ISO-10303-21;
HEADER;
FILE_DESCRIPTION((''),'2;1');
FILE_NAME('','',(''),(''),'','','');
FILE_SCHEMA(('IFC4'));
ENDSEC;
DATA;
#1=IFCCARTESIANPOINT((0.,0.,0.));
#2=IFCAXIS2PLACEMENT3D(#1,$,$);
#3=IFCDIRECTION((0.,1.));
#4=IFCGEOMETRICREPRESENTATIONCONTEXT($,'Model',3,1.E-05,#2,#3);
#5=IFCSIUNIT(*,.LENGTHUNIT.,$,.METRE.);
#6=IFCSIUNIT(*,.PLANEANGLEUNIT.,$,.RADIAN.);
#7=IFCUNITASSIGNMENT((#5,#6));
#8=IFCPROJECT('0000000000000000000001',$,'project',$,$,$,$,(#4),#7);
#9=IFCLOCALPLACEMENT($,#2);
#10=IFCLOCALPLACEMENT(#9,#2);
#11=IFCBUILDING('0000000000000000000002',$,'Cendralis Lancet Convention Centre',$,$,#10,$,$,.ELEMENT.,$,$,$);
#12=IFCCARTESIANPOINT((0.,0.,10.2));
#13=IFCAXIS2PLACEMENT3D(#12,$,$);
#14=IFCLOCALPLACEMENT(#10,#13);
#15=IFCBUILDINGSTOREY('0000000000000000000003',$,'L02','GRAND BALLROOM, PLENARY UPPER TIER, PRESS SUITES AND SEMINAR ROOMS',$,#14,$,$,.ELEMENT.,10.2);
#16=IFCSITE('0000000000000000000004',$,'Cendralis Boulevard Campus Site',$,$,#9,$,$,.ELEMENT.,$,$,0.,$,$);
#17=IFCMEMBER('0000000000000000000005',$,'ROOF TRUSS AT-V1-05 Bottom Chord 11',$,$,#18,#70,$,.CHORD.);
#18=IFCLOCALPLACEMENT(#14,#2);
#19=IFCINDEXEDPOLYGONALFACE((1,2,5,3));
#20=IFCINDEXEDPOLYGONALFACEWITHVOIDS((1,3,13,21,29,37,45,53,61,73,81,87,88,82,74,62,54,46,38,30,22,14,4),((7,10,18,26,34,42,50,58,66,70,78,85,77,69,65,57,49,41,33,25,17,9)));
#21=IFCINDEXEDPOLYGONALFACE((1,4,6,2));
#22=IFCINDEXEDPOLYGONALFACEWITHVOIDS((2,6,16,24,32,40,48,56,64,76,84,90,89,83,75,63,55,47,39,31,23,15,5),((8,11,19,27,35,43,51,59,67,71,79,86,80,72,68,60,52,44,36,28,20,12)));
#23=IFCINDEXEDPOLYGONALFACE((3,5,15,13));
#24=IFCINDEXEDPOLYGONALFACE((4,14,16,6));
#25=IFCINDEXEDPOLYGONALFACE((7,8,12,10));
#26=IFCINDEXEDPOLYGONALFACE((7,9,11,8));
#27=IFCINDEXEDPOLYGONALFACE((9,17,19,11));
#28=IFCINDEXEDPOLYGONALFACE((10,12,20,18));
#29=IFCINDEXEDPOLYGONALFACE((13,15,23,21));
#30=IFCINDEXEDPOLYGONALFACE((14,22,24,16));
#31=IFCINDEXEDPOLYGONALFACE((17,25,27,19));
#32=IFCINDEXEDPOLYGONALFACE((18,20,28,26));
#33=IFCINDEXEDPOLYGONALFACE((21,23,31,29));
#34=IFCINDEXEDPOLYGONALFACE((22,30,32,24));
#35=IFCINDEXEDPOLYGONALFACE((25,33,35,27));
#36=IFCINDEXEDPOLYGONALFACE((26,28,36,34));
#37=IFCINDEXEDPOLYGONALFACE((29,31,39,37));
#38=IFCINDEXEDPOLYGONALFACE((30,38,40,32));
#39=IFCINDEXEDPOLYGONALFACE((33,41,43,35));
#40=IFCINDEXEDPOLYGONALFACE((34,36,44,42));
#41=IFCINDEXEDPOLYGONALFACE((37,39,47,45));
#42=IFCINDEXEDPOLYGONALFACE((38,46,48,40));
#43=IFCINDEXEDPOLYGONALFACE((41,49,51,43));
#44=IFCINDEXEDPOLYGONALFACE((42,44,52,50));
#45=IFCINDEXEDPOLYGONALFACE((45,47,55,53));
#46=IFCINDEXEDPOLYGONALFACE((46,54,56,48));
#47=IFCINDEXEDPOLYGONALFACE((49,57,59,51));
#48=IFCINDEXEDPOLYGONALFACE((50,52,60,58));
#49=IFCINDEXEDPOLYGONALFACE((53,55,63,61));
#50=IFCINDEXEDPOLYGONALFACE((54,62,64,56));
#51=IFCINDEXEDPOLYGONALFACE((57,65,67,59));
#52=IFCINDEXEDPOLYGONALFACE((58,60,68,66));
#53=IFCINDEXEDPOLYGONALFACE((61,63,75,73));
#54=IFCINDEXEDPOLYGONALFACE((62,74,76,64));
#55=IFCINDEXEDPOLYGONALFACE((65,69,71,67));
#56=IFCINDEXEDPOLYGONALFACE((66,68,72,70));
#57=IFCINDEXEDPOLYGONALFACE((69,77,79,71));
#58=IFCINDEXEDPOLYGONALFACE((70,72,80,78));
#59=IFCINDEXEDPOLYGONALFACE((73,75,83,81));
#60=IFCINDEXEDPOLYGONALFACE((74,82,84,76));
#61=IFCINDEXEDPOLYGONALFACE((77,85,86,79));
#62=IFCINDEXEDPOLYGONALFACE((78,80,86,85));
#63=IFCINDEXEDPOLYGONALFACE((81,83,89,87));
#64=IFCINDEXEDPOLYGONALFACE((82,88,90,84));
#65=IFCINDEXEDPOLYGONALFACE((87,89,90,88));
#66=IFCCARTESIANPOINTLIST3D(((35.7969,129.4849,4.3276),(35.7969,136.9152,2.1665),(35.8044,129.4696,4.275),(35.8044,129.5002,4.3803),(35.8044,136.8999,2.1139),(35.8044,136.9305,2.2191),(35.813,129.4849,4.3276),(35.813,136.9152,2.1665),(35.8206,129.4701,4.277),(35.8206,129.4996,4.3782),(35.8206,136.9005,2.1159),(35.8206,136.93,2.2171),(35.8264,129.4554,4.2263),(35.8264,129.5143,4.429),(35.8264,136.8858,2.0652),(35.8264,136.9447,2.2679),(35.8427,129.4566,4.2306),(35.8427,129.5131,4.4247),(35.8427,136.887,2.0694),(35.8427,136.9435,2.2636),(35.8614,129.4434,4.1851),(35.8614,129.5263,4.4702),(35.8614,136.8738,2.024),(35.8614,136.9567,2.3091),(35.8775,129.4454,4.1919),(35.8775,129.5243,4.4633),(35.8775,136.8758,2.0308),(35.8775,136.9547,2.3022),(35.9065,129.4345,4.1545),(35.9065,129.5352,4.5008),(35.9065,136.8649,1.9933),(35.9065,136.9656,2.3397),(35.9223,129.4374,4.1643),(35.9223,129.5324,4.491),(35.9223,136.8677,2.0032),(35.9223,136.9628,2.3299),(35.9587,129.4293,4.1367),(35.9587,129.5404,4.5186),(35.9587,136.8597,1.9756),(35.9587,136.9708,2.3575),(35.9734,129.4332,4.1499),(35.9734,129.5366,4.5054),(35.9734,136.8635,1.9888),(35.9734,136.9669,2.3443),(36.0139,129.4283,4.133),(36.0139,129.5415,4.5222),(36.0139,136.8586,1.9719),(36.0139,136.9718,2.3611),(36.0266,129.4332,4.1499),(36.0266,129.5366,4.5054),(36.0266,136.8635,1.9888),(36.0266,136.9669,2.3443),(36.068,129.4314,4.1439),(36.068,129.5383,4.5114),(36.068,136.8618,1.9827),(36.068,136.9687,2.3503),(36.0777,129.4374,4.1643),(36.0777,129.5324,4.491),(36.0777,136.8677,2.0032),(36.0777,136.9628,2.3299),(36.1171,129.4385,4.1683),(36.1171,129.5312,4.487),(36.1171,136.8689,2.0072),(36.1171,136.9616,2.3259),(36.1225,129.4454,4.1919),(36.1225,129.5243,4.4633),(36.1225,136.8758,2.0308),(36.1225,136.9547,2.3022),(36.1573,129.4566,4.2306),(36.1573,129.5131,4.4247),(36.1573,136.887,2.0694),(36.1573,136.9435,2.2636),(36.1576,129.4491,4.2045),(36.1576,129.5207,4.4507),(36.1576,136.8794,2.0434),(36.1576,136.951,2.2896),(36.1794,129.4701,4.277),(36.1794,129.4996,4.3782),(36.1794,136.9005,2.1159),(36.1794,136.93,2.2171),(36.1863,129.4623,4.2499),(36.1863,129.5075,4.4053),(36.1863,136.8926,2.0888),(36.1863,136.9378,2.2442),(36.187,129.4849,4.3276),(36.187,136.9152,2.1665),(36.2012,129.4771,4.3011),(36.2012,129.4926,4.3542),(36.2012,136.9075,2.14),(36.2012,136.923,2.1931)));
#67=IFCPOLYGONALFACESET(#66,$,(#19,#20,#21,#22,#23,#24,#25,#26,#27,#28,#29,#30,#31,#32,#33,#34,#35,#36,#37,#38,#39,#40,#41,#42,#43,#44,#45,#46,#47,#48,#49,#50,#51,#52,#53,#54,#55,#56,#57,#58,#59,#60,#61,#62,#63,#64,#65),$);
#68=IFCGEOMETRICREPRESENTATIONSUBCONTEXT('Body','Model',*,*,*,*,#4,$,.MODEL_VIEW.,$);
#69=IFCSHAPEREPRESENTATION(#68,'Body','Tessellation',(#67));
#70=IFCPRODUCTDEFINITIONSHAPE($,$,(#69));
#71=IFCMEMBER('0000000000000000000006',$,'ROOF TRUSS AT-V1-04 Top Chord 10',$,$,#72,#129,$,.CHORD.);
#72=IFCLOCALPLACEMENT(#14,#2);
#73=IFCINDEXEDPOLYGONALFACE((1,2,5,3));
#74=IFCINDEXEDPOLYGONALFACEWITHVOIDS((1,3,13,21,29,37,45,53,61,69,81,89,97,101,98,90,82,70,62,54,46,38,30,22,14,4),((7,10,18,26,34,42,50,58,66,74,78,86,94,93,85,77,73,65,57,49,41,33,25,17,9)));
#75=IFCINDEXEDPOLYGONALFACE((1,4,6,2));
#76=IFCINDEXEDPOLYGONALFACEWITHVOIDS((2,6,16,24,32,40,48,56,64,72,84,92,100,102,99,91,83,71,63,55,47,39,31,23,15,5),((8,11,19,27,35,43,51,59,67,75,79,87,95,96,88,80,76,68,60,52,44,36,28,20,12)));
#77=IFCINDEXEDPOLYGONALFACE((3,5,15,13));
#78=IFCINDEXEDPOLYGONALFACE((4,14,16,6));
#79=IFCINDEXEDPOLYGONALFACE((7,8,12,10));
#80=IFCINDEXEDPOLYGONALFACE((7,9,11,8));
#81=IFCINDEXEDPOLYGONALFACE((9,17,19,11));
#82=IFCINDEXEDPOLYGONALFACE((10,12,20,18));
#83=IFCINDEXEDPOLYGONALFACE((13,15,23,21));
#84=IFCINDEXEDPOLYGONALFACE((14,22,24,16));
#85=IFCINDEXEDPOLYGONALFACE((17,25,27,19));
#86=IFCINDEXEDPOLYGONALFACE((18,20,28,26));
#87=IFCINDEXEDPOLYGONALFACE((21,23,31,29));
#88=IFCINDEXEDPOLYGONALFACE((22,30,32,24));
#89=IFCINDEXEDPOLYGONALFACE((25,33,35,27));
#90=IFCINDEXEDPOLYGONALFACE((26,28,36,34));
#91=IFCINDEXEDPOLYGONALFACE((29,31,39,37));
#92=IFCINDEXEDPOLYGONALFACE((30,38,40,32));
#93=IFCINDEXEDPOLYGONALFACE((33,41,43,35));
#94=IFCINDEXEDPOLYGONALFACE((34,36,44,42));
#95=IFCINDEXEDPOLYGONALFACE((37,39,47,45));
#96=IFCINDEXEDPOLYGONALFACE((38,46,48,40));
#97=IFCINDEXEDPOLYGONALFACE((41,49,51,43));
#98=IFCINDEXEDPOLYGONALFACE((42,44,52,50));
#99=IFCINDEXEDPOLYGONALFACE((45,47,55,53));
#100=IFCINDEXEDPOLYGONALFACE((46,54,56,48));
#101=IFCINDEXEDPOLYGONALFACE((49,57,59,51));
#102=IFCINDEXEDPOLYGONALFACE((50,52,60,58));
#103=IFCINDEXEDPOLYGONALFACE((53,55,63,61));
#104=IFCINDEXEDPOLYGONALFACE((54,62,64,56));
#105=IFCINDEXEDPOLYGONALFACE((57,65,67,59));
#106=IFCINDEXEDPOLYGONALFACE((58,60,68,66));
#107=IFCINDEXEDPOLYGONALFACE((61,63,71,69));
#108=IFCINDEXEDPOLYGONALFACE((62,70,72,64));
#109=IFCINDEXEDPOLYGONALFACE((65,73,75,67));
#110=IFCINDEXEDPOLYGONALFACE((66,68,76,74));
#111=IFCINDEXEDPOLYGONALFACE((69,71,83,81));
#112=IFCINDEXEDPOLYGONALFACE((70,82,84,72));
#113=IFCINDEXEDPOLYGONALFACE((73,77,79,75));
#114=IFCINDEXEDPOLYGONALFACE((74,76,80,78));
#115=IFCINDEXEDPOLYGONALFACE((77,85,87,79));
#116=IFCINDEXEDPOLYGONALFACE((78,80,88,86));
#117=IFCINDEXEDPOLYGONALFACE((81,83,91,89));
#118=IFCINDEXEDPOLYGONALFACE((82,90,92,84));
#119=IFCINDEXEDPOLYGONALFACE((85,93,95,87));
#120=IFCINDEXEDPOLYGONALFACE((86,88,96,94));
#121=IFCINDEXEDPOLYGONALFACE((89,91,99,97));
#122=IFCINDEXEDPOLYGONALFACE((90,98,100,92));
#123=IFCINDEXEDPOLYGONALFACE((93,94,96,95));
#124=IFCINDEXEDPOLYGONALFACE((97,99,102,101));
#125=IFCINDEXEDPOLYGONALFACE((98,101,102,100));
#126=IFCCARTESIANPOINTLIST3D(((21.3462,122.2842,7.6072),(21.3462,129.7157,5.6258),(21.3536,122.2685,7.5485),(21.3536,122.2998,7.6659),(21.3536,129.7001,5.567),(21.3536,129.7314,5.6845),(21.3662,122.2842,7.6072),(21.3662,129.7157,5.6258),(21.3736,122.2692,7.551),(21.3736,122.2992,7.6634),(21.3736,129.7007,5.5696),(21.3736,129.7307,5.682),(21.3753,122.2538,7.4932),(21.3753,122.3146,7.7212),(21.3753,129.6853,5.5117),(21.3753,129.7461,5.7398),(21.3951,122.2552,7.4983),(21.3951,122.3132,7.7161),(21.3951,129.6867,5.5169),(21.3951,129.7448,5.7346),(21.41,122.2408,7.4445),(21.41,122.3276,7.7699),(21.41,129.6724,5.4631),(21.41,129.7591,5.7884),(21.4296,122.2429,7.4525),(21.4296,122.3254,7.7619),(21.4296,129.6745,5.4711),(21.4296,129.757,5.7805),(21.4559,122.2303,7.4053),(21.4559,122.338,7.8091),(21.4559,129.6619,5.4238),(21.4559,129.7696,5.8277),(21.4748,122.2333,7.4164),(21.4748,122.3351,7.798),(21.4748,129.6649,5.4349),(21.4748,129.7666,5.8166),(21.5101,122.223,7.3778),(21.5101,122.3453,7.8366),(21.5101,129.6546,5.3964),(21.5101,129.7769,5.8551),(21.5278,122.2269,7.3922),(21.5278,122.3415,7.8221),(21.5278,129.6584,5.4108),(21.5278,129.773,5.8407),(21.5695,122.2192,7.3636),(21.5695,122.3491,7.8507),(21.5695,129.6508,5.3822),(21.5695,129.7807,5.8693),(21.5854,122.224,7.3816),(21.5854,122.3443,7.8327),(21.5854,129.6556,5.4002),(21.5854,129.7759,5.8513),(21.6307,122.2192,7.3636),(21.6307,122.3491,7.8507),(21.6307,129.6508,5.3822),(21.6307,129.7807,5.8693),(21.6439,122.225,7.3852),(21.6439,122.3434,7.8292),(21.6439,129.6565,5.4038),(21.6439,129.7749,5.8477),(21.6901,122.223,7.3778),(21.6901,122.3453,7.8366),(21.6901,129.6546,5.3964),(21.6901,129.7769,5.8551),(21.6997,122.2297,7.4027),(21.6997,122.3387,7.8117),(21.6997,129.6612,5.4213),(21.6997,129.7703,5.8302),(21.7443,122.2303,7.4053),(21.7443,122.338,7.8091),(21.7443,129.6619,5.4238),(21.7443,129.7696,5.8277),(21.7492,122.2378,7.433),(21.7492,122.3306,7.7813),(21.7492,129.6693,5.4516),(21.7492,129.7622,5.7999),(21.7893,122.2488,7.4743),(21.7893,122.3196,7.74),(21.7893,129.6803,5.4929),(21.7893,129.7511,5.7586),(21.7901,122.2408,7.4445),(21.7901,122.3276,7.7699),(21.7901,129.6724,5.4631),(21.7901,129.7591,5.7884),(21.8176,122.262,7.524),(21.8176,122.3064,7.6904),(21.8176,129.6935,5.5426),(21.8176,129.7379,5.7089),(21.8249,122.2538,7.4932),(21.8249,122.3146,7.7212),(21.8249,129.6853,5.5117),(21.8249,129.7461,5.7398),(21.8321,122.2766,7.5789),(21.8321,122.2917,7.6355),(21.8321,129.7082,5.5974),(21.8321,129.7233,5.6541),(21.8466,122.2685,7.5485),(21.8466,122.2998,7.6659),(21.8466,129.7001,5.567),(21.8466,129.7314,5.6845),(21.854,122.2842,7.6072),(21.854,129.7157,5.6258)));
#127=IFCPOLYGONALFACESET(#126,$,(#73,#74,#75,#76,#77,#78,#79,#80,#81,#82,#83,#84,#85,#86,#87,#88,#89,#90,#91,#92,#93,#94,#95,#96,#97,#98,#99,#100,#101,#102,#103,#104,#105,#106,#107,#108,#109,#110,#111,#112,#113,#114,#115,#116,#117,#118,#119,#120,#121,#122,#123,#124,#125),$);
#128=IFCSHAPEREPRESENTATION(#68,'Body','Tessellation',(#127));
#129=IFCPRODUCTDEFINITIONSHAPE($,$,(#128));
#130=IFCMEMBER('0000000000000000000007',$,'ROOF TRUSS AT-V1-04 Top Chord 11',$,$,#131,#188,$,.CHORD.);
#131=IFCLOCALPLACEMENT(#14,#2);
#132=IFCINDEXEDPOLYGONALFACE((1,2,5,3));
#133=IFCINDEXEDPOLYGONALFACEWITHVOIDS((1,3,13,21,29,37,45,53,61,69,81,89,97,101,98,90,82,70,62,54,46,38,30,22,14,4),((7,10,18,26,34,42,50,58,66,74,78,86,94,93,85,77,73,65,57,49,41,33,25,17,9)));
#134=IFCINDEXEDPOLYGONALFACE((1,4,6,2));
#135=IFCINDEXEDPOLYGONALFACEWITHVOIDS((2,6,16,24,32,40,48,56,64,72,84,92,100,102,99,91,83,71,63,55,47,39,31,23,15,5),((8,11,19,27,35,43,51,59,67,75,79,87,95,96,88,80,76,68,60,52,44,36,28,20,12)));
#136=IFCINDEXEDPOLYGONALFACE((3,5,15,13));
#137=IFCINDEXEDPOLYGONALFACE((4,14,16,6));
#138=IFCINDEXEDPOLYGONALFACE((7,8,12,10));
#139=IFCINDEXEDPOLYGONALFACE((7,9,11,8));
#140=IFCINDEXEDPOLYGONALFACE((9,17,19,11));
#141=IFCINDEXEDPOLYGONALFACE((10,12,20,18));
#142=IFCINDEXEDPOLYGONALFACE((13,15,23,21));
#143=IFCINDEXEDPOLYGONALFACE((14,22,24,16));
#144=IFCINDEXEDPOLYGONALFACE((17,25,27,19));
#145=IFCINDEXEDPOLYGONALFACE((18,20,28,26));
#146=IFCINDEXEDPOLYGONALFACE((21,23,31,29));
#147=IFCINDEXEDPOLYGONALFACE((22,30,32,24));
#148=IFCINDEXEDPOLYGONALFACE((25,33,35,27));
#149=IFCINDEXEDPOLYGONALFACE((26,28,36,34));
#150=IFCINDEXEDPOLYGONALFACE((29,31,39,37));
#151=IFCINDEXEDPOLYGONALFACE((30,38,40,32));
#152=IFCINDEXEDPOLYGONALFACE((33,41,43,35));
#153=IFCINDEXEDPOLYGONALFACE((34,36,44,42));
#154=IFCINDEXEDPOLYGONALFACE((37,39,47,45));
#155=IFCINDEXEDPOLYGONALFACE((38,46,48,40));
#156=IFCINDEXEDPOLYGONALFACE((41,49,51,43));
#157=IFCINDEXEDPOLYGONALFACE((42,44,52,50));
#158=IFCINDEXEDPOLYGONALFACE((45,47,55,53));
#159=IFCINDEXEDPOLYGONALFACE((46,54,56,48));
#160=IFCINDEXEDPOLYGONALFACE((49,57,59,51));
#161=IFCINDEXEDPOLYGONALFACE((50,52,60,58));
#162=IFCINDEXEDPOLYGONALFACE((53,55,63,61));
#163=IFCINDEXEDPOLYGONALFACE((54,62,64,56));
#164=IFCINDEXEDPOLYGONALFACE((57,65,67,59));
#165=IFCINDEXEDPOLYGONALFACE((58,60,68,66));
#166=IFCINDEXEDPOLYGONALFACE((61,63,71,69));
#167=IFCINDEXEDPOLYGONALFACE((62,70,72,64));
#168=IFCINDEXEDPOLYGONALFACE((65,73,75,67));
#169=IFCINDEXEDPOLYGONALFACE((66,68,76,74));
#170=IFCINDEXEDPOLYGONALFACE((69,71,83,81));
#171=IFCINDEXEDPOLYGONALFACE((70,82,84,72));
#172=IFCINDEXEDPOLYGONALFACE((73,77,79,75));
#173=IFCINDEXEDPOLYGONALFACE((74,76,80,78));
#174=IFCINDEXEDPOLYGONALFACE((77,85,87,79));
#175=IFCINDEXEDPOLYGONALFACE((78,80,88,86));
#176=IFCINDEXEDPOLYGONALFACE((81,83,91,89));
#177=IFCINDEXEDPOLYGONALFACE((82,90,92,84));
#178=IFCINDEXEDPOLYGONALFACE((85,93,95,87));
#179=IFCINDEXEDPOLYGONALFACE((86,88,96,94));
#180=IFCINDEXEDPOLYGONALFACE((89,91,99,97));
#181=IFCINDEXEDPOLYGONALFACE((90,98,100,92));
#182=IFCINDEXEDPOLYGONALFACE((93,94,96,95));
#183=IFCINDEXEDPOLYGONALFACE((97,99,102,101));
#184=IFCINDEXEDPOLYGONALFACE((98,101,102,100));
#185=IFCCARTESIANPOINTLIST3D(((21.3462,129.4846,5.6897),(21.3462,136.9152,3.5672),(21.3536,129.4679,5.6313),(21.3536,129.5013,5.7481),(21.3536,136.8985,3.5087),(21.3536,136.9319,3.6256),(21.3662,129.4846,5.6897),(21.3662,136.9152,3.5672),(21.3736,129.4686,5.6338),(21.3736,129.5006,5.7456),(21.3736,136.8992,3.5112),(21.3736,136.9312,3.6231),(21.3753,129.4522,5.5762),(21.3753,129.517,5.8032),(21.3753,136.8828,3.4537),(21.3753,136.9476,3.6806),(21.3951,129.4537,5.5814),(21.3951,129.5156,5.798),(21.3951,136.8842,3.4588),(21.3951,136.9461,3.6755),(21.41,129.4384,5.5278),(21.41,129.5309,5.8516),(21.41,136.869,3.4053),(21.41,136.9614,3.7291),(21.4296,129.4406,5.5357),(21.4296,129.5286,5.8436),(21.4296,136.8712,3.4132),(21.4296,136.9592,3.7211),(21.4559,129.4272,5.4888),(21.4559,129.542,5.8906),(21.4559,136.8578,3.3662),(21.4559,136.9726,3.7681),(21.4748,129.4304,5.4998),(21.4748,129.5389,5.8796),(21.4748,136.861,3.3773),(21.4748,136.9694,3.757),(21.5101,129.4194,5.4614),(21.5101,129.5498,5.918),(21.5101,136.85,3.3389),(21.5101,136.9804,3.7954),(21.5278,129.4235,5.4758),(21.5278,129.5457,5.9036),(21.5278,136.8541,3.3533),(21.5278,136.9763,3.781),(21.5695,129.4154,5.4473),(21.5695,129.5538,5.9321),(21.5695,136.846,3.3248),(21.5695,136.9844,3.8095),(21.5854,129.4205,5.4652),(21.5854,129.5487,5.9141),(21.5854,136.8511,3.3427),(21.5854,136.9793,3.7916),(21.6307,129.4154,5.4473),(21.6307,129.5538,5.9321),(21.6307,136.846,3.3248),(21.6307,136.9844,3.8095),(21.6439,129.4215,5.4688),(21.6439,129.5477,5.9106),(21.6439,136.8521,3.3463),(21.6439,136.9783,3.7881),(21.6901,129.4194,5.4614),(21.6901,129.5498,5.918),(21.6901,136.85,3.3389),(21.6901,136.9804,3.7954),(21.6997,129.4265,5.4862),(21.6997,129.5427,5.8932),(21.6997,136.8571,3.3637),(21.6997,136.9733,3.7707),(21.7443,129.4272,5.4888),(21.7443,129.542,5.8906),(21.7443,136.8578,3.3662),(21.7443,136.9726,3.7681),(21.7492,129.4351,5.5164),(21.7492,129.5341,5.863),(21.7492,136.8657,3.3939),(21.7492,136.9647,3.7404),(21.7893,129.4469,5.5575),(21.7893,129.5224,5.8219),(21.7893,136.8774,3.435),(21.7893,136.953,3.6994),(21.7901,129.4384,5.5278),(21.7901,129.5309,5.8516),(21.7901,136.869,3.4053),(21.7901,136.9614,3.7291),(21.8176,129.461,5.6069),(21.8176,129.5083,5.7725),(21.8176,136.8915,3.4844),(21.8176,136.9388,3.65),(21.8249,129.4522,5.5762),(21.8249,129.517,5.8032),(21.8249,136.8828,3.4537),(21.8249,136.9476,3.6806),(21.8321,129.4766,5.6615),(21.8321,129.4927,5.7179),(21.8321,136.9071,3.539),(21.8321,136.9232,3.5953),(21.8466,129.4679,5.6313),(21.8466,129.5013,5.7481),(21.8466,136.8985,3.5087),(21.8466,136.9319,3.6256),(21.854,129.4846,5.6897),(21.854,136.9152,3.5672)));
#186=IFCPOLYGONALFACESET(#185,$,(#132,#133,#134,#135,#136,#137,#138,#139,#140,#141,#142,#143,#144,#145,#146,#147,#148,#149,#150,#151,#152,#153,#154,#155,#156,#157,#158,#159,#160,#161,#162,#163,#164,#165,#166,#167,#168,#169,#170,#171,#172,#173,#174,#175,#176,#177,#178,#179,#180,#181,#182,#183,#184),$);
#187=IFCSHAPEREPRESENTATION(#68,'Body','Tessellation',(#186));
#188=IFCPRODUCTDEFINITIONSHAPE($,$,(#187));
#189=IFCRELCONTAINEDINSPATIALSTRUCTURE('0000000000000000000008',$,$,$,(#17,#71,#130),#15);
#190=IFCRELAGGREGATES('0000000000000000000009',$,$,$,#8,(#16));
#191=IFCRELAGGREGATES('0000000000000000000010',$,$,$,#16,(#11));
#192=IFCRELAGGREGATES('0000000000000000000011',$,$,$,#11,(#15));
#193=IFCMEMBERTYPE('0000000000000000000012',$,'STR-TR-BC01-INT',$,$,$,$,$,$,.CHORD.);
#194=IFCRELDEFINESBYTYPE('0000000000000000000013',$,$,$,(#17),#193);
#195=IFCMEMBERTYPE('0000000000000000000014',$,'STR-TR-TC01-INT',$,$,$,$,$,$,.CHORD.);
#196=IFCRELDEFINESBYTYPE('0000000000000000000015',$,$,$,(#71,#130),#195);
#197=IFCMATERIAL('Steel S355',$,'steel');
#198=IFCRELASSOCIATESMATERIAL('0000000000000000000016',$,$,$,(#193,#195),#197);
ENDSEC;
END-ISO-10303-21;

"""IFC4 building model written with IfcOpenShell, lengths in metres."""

from ifc_helpers import new_model, si_unit, direction, frame, origin, origin_2d, place, context, subcontext, project, spatial, hollow_circle, extrude, material, material_profile, profile_set, type_object, element, save


model = new_model("IFC4")

# Units and contexts
model_context = context("Model", 3, precision=1e-05, world=origin(), true_north=direction((0.0, 1.0)))
body_context = subcontext(model_context, "Body", "Model", "MODEL_VIEW")
ifc_project = project(units=[si_unit("LENGTHUNIT", "METRE"), si_unit("PLANEANGLEUNIT", "RADIAN")], contexts=[model_context])

# Site, building, storey
site_placement = place(None, origin())
site = spatial("IfcSite", under=ifc_project, at=site_placement, Name="Cendralis Boulevard Campus Site", CompositionType="ELEMENT", RefElevation=0.0)
building_placement = place(site_placement, origin())
building = spatial("IfcBuilding", under=site, at=building_placement, Name="Cendralis Lancet Convention Centre", CompositionType="ELEMENT")
storey_placement = place(building_placement, frame((0.0, 0.0, 10.2)))
storey = spatial("IfcBuildingStorey", under=building, at=storey_placement, Name="L02", Description="GRAND BALLROOM, PLENARY UPPER TIER, PRESS SUITES AND SEMINAR ROOMS", CompositionType="ELEMENT", Elevation=10.2)

# Members
ifc_material_1 = material(Name="Steel S355", Category="steel")
ifc_material_profile_1 = material_profile(ifc_material_1, hollow_circle(Radius=0.2031, WallThickness=0.0161, at=origin_2d()), Name="CHS 406.4x16.0")
ifc_profile_set_1 = profile_set([ifc_material_profile_1], Name="Steel S355")
member_type_1 = type_object("IfcMemberType", Name="STR-TR-BC01-INT", PredefinedType="CHORD", material=ifc_profile_set_1)
member_1_placement = place(storey_placement, frame((36.0, 129.4849, 4.3276), z_axis=(0.0, 0.960211, -0.279277), x_axis=(-1.0, 0.0, 0.0)))
element("IfcMember", 1, at=member_1_placement, inside=storey, type_object=member_type_1, Name="ROOF TRUSS AT-V1-05 Bottom Chord 11", PredefinedType="CHORD", context=body_context, shape_type="SweptSolid", body=[
    extrude(hollow_circle(Radius=0.2031, WallThickness=0.0161, at=origin_2d()), origin(), (0.0, 0.0, 1.0), 7.7383),
])
ifc_material_profile_2 = material_profile(ifc_material_1, hollow_circle(Radius=0.2539, WallThickness=0.02, at=origin_2d()), Name="CHS 508.0x20.0")
ifc_profile_set_2 = profile_set([ifc_material_profile_2], Name="Steel S355")
member_type_2 = type_object("IfcMemberType", Name="STR-TR-TC01-INT", PredefinedType="CHORD", material=ifc_profile_set_2)
member_2_placement = place(storey_placement, frame((21.6001, 122.2842, 7.6072), z_axis=(0.0, 0.966245, -0.257623), x_axis=(-1.0, 0.0, 0.0)))
element("IfcMember", 2, at=member_2_placement, inside=storey, type_object=member_type_2, Name="ROOF TRUSS AT-V1-04 Top Chord 10", PredefinedType="CHORD", context=body_context, shape_type="SweptSolid", body=[
    extrude(hollow_circle(Radius=0.2539, WallThickness=0.02, at=origin_2d()), origin(), (0.0, 0.0, 1.0), 7.6912),
])
member_3_placement = place(storey_placement, frame((21.6001, 129.4846, 5.6897), z_axis=(0.0, 0.961541, -0.274663), x_axis=(-1.0, 0.0, 0.0)))
element("IfcMember", 3, at=member_3_placement, inside=storey, type_object=member_type_2, Name="ROOF TRUSS AT-V1-04 Top Chord 11", PredefinedType="CHORD", context=body_context, shape_type="SweptSolid", body=[
    extrude(hollow_circle(Radius=0.2539, WallThickness=0.02, at=origin_2d()), origin(), (0.0, 0.0, 1.0), 7.7278),
])

save(model, "model.ifc")
